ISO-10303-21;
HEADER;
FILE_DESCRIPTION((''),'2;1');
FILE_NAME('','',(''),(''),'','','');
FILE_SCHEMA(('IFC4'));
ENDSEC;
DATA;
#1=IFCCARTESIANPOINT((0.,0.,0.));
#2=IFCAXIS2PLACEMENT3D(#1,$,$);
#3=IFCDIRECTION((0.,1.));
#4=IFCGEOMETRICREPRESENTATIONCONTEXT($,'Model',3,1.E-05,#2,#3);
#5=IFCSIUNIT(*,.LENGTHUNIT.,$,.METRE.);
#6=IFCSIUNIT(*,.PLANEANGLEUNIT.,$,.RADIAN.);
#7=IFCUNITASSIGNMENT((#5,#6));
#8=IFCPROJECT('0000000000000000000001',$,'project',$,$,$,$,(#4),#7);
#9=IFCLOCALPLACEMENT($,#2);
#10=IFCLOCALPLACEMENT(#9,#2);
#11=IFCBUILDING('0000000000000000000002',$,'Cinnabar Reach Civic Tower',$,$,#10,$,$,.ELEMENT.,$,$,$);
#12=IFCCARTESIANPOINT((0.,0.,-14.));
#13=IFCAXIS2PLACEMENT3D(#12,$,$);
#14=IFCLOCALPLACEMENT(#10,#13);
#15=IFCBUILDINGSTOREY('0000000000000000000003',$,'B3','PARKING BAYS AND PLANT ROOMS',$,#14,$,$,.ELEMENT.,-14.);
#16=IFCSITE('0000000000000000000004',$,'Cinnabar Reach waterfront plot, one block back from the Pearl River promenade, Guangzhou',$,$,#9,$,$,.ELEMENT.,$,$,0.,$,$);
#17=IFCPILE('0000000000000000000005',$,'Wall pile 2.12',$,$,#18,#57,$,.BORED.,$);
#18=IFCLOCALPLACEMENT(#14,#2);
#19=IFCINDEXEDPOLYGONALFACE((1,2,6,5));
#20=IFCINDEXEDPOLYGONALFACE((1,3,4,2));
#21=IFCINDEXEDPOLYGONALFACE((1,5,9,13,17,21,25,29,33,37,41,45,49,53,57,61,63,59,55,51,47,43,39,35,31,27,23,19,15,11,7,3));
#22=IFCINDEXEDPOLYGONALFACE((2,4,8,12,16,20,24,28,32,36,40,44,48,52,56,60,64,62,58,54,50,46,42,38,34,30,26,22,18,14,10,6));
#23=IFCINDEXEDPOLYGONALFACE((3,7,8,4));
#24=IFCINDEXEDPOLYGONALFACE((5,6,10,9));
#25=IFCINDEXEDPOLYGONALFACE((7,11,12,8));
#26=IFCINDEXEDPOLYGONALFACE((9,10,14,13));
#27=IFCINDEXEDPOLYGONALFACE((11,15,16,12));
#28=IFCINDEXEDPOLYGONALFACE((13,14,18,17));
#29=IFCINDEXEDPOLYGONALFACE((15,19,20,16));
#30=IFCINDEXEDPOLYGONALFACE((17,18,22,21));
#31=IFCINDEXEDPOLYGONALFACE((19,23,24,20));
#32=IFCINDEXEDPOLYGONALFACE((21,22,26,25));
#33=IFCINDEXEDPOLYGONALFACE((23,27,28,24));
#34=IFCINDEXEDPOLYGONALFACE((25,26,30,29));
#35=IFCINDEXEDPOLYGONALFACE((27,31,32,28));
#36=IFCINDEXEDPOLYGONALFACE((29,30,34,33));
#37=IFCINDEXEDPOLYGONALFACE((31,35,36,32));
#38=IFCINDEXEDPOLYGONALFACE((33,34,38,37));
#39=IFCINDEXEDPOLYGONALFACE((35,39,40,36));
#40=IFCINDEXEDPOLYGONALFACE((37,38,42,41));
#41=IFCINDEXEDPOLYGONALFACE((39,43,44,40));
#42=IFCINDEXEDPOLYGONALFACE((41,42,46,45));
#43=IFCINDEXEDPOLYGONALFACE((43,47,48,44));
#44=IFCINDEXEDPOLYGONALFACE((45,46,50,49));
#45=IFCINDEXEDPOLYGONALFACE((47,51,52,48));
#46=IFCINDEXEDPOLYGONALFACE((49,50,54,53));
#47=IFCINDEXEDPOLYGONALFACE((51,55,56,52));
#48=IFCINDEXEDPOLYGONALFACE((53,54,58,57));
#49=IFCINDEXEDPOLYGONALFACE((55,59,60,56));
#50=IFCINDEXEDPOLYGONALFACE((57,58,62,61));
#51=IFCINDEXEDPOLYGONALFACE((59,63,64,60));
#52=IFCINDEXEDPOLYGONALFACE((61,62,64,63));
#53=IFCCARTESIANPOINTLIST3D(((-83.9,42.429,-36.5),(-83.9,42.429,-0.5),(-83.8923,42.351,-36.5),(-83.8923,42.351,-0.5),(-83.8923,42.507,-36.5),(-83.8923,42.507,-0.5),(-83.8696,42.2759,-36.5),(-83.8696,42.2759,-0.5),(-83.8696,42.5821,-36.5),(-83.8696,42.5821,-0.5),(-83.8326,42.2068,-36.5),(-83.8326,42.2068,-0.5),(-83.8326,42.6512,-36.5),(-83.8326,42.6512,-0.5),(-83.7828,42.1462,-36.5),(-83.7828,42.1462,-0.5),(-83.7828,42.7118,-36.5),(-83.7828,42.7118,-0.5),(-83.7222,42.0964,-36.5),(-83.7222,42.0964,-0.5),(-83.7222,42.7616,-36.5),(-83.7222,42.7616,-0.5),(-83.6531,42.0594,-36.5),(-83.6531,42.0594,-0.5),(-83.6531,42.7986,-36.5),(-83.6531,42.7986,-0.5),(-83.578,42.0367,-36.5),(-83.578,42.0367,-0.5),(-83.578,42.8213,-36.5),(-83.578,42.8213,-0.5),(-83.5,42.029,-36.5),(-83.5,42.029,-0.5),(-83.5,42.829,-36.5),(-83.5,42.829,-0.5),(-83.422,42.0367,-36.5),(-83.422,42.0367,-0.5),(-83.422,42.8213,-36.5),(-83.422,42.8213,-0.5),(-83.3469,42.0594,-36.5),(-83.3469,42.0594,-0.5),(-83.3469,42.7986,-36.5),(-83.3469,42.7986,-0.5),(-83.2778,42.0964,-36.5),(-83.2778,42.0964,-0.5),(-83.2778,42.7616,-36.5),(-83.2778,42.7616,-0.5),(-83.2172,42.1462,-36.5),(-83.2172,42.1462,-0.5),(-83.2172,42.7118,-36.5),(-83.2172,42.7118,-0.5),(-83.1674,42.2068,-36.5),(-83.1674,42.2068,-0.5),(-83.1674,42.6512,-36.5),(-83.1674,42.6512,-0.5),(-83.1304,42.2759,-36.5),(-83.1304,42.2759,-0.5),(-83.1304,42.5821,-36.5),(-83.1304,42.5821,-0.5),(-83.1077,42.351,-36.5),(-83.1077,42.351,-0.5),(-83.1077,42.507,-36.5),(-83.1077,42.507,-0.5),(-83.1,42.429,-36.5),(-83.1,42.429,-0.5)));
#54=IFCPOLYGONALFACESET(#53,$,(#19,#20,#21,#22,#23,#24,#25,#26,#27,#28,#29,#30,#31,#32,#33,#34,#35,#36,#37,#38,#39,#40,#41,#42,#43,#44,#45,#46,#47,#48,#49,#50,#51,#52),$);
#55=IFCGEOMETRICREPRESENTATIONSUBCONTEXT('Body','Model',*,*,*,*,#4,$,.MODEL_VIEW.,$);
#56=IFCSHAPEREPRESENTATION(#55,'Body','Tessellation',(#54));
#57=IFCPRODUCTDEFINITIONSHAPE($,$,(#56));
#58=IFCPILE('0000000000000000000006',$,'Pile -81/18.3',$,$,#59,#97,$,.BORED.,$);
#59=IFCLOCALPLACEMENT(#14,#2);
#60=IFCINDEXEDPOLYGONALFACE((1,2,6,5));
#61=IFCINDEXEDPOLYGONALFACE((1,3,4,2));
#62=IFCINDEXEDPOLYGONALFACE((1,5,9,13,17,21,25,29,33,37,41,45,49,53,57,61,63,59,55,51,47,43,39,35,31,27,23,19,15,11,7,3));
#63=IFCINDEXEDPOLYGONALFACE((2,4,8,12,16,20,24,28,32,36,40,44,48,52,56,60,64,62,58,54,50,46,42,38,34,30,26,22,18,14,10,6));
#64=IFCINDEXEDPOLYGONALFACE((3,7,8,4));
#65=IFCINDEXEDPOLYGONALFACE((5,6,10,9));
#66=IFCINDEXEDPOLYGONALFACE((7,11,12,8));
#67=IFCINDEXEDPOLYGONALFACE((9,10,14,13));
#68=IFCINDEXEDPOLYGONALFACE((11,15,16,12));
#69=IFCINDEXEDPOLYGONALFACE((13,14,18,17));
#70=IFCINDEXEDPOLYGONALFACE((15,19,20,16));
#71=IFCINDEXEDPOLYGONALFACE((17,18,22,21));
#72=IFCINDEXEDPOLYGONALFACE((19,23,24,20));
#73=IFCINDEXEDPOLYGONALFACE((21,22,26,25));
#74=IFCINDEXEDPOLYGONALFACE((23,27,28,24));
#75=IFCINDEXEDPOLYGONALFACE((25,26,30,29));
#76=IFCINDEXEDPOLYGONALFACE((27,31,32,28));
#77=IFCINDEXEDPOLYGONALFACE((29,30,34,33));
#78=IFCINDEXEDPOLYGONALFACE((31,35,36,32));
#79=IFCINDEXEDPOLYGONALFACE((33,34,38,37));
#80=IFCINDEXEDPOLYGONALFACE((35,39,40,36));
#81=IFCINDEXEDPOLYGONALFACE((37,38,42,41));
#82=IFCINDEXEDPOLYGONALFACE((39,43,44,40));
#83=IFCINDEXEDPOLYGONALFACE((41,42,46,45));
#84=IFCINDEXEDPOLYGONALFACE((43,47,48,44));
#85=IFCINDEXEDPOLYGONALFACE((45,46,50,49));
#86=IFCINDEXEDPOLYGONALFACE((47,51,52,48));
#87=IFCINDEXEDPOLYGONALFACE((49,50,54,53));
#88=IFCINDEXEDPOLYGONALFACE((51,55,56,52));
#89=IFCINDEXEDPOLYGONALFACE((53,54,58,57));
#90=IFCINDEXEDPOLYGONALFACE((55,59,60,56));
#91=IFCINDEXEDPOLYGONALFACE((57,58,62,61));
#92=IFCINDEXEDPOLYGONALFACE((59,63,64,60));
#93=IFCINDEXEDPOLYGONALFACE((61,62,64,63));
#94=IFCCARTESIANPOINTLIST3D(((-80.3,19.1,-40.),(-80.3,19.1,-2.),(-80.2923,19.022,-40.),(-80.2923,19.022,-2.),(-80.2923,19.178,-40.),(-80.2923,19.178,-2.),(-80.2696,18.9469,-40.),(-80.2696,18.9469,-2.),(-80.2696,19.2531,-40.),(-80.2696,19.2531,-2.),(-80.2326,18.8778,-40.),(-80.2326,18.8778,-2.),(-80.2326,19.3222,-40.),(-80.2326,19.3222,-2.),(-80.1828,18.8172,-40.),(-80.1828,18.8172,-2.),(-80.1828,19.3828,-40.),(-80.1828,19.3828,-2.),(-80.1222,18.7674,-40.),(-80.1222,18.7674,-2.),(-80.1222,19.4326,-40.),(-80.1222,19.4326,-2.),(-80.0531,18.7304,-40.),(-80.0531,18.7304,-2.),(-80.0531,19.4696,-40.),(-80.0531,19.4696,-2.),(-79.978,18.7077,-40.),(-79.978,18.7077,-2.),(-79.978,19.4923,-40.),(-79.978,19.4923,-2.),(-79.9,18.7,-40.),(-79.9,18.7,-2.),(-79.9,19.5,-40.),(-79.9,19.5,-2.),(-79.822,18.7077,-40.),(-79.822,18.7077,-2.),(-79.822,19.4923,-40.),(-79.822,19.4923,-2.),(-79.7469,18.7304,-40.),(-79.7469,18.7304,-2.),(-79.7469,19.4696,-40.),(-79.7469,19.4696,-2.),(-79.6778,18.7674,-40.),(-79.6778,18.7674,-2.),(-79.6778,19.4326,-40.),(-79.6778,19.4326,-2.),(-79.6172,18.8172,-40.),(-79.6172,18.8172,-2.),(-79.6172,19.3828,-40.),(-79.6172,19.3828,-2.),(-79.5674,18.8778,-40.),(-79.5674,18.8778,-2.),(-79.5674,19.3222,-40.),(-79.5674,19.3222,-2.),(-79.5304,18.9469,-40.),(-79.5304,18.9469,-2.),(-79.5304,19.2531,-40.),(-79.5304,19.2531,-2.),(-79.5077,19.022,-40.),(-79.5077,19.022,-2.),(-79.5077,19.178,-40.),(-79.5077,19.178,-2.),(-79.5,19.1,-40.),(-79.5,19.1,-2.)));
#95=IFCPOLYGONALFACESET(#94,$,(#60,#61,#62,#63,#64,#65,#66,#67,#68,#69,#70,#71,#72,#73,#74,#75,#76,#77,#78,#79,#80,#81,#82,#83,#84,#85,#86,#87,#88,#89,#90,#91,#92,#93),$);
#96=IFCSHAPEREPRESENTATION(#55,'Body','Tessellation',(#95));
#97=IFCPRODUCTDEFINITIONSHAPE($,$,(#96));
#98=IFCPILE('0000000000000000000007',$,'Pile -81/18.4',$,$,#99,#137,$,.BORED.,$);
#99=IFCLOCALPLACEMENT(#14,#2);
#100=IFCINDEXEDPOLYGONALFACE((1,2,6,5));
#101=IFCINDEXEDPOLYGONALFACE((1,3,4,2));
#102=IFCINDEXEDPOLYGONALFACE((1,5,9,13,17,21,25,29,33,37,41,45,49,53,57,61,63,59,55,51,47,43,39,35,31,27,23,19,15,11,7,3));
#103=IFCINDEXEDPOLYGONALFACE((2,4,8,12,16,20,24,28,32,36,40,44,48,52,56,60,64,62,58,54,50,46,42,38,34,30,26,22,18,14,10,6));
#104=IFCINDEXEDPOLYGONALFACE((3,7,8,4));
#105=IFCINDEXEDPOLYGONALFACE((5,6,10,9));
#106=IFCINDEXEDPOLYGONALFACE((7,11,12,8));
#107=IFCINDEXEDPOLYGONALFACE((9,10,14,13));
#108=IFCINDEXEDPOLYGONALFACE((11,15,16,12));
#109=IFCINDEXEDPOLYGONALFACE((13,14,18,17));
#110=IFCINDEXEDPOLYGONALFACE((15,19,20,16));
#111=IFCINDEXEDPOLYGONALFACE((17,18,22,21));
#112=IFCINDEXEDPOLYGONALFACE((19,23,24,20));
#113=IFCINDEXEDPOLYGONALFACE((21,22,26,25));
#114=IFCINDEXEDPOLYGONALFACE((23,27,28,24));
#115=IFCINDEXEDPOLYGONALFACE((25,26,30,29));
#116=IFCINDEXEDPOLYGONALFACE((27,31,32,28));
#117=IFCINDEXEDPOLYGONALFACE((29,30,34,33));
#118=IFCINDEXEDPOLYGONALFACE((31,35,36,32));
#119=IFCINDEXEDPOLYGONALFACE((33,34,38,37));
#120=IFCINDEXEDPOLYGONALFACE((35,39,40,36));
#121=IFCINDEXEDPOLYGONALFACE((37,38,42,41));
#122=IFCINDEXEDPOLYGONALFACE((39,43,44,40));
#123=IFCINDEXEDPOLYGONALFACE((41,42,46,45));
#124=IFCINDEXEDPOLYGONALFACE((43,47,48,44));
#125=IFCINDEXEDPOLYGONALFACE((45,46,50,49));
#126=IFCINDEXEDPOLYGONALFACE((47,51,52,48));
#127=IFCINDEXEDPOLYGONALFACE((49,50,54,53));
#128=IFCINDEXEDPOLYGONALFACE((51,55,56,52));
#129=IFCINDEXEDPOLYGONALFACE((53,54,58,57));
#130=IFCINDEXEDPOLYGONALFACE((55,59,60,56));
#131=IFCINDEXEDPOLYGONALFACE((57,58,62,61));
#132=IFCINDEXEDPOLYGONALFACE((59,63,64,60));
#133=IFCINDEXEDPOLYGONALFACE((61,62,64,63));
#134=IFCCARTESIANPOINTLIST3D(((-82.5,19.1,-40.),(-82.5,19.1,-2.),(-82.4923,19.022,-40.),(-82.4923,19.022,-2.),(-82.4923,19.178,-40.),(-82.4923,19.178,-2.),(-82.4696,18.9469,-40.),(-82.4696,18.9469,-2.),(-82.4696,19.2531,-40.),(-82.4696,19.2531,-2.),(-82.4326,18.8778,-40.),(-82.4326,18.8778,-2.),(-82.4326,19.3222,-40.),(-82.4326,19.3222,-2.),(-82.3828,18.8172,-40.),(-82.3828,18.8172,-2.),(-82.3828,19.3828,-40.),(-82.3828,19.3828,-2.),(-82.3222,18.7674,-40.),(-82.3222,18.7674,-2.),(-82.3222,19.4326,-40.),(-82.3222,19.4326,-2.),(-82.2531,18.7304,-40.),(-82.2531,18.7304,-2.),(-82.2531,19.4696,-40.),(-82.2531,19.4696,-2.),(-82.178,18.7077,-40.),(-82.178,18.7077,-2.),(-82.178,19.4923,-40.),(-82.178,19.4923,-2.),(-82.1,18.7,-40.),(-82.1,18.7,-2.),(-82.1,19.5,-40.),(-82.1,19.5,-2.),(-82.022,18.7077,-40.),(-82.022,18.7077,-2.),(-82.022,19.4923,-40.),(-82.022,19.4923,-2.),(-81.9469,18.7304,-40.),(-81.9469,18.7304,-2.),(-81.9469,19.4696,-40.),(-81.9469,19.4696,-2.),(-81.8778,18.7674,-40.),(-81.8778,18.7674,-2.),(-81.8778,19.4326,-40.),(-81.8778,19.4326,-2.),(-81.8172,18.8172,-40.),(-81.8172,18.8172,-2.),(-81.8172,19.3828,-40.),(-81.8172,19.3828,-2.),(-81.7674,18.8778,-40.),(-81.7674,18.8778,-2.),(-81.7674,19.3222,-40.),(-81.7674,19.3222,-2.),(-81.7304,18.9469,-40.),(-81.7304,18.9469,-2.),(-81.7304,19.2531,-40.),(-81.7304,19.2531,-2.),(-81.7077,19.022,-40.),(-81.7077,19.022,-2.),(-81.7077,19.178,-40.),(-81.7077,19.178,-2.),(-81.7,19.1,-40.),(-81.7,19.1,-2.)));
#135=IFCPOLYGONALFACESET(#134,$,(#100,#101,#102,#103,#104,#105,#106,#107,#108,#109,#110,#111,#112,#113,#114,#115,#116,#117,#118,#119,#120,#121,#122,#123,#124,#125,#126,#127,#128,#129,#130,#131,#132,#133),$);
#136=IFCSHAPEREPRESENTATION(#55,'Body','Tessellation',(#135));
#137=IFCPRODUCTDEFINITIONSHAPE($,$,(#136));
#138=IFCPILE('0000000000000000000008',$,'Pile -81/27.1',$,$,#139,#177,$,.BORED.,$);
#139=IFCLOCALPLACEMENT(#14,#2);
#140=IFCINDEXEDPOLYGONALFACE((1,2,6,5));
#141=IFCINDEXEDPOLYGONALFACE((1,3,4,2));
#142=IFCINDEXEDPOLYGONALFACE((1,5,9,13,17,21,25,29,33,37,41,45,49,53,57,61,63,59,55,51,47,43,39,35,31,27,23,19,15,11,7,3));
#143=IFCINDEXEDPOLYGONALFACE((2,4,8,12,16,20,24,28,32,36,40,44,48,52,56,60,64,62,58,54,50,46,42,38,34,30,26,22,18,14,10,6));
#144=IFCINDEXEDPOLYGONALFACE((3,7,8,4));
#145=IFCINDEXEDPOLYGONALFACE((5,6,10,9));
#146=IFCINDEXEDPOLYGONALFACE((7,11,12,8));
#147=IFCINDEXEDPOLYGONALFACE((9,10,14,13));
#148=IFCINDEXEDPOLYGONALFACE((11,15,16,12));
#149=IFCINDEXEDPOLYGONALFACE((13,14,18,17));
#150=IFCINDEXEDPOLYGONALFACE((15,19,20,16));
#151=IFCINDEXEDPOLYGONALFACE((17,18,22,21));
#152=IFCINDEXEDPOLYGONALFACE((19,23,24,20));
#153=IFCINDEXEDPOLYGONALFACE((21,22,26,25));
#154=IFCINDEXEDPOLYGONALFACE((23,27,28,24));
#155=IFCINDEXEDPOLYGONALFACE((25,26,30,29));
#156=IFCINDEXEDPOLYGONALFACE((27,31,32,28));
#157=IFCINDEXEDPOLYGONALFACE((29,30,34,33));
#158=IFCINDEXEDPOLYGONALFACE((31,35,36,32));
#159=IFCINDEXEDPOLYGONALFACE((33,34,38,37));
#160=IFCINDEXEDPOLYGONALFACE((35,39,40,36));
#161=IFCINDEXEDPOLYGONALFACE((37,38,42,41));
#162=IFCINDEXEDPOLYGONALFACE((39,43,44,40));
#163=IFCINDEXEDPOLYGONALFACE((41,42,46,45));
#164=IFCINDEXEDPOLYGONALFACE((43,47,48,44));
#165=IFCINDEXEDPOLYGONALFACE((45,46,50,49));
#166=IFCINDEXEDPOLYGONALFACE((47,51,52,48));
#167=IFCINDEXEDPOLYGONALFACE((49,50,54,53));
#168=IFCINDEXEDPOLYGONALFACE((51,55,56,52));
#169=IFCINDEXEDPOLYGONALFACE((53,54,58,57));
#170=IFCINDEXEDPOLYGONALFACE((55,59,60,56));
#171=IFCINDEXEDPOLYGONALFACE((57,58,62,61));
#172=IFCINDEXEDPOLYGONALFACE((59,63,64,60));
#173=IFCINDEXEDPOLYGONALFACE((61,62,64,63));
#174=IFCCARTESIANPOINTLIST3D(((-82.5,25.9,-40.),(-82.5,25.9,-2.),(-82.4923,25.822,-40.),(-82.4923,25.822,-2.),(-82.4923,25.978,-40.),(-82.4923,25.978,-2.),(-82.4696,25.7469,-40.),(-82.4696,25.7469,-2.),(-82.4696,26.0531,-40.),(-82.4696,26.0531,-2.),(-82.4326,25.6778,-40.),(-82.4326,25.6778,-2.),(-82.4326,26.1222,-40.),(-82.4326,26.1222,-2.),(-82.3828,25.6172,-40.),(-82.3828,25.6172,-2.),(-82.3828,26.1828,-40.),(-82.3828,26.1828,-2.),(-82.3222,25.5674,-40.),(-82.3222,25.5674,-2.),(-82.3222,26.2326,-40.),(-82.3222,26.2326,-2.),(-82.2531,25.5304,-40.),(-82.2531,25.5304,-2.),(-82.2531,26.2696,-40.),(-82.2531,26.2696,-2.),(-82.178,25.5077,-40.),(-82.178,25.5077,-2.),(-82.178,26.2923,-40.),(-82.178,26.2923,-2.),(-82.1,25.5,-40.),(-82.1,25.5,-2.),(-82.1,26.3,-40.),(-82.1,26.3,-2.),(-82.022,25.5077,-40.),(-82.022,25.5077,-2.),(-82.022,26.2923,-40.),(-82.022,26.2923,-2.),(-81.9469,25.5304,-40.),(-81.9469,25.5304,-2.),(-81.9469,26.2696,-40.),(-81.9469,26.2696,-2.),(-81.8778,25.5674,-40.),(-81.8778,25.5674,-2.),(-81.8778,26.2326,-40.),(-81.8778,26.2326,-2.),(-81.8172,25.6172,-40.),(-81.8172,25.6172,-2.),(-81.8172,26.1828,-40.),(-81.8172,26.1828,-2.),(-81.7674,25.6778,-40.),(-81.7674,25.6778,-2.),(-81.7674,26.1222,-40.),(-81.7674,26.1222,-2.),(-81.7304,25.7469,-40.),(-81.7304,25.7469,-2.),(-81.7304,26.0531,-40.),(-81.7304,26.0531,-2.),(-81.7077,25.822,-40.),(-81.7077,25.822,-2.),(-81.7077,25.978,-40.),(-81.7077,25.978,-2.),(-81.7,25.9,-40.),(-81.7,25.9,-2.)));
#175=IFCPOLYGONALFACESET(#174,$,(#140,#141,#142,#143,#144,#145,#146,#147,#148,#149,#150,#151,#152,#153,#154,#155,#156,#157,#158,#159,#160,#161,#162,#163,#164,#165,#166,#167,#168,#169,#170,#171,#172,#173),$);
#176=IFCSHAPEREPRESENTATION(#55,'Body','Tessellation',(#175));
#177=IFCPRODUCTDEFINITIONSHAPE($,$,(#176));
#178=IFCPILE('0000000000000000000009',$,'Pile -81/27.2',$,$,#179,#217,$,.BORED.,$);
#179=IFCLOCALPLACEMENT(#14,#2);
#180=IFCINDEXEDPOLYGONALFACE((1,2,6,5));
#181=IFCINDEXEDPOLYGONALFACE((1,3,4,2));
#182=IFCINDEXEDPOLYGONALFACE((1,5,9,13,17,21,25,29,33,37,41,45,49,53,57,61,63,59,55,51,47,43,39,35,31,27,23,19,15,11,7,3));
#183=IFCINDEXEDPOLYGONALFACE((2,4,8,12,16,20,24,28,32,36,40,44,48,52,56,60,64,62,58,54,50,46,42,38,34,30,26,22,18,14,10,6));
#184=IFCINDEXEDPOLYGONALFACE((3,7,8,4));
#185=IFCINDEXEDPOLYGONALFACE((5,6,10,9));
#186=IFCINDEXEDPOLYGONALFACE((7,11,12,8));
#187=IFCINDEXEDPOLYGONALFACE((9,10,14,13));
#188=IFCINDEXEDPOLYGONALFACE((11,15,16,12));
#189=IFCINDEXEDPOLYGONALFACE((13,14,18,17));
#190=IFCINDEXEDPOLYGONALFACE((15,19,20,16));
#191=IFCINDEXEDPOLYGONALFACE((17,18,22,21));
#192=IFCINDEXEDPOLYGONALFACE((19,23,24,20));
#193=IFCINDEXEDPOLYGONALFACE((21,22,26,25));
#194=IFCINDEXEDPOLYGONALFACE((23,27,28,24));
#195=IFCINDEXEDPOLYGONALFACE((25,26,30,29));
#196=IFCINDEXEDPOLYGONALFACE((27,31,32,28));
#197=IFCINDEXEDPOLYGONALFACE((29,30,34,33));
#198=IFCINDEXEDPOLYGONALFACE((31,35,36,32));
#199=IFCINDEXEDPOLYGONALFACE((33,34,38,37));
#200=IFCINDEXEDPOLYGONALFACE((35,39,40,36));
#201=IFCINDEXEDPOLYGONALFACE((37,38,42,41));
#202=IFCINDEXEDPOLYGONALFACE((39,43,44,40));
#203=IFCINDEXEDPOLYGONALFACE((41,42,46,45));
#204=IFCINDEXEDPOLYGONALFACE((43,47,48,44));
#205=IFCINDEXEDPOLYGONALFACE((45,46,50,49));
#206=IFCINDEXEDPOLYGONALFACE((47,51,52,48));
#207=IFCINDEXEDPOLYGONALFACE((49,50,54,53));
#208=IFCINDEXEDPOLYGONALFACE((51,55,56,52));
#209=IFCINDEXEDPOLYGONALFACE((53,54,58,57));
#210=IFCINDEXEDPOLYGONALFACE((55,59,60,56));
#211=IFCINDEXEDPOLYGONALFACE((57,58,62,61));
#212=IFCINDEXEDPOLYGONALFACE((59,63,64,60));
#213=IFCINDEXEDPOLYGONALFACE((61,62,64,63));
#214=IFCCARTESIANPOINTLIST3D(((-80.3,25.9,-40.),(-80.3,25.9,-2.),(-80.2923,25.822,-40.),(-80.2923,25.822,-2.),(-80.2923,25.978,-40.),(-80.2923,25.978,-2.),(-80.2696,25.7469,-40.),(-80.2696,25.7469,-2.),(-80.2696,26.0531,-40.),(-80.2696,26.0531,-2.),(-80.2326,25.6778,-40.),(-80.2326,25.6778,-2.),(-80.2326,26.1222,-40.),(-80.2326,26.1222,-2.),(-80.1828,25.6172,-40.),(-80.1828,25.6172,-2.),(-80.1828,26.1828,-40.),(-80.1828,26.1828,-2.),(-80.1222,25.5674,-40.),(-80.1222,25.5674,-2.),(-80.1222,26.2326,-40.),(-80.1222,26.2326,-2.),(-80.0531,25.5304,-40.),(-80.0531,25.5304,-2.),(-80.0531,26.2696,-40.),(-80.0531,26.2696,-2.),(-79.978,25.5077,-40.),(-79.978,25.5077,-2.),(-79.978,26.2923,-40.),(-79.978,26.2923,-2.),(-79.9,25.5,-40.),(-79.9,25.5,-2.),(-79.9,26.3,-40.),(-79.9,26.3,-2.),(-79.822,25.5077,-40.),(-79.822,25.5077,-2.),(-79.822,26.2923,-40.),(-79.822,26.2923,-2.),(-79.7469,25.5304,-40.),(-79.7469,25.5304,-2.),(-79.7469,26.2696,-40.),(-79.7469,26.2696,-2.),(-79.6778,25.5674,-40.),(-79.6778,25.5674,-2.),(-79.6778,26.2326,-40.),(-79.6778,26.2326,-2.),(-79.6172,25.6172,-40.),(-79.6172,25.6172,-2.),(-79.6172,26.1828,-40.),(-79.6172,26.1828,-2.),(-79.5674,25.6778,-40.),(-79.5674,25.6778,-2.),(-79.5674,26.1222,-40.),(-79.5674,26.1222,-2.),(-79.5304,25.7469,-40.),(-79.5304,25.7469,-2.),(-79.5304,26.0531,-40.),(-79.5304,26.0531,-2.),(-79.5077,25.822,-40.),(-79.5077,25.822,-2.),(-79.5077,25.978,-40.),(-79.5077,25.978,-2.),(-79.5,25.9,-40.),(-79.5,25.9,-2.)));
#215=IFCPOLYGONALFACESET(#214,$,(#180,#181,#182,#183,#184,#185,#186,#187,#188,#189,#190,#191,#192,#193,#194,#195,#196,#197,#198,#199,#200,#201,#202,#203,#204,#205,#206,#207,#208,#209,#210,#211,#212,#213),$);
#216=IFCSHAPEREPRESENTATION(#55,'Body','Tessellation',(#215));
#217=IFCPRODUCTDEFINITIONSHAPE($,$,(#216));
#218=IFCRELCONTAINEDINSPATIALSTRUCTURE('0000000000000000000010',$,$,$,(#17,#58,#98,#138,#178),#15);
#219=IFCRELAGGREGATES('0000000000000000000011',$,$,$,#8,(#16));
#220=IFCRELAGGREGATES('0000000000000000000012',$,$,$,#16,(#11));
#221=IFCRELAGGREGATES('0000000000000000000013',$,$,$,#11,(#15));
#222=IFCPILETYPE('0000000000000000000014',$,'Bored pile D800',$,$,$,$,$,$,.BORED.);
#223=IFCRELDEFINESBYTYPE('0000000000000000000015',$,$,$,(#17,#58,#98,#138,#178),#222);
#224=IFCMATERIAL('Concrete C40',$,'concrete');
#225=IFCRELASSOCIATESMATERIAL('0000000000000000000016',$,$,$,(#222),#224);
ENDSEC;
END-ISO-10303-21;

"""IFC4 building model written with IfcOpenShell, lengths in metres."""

from ifc_helpers import new_model, si_unit, direction, frame, origin, origin_2d, place, context, subcontext, project, spatial, circle, extrude, material, type_object, element, save


model = new_model("IFC4")

# Units and contexts
model_context = context("Model", 3, precision=1e-05, world=origin(), true_north=direction((0.0, 1.0)))
body_context = subcontext(model_context, "Body", "Model", "MODEL_VIEW")
ifc_project = project(units=[si_unit("LENGTHUNIT", "METRE"), si_unit("PLANEANGLEUNIT", "RADIAN")], contexts=[model_context])

# Site, building, storey
site_placement = place(None, origin())
site = spatial("IfcSite", under=ifc_project, at=site_placement, Name="Cinnabar Reach waterfront plot, one block back from the Pearl River promenade, Guangzhou", CompositionType="ELEMENT", RefElevation=0.0)
building_placement = place(site_placement, origin())
building = spatial("IfcBuilding", under=site, at=building_placement, Name="Cinnabar Reach Civic Tower", CompositionType="ELEMENT")
storey_placement = place(building_placement, frame((0.0, 0.0, -14.0)))
storey = spatial("IfcBuildingStorey", under=building, at=storey_placement, Name="B3", Description="PARKING BAYS AND PLANT ROOMS", CompositionType="ELEMENT", Elevation=-14.0)

# Piles
ifc_material_1 = material(Name="Concrete C40", Category="concrete")
pile_type = type_object("IfcPileType", Name="Bored pile D800", PredefinedType="BORED", material=ifc_material_1)
for number, where, z_axis, x_axis, name in (
    (1, (-83.5, 42.429, -0.5), (0.0, 0.0, -1.0), (1.0, 0.0, 0.0), "Wall pile 2.12"),
):
    element("IfcPile", number, at=place(storey_placement, frame(where, z_axis=z_axis, x_axis=x_axis)), inside=storey, type_object=pile_type, Name=name, PredefinedType="BORED", context=body_context, shape_type="SweptSolid", body=[
        extrude(circle(Radius=0.4, at=origin_2d()), origin(), (0.0, 0.0, 1.0), 36.0),
    ])
for number, where, z_axis, x_axis, name in (
    (2, (-79.9, 19.1, -2.0), (0.0, 0.0, -1.0), (1.0, 0.0, 0.0), "Pile -81/18.3"),
    (3, (-82.1, 19.1, -2.0), (0.0, 0.0, -1.0), (1.0, 0.0, 0.0), "Pile -81/18.4"),
    (4, (-82.1, 25.9, -2.0), (0.0, 0.0, -1.0), (1.0, 0.0, 0.0), "Pile -81/27.1"),
    (5, (-79.9, 25.9, -2.0), (0.0, 0.0, -1.0), (1.0, 0.0, 0.0), "Pile -81/27.2"),
):
    element("IfcPile", number, at=place(storey_placement, frame(where, z_axis=z_axis, x_axis=x_axis)), inside=storey, type_object=pile_type, Name=name, PredefinedType="BORED", context=body_context, shape_type="SweptSolid", body=[
        extrude(circle(Radius=0.4, at=origin_2d()), origin(), (0.0, 0.0, 1.0), 38.0),
    ])

save(model, "model.ifc")
